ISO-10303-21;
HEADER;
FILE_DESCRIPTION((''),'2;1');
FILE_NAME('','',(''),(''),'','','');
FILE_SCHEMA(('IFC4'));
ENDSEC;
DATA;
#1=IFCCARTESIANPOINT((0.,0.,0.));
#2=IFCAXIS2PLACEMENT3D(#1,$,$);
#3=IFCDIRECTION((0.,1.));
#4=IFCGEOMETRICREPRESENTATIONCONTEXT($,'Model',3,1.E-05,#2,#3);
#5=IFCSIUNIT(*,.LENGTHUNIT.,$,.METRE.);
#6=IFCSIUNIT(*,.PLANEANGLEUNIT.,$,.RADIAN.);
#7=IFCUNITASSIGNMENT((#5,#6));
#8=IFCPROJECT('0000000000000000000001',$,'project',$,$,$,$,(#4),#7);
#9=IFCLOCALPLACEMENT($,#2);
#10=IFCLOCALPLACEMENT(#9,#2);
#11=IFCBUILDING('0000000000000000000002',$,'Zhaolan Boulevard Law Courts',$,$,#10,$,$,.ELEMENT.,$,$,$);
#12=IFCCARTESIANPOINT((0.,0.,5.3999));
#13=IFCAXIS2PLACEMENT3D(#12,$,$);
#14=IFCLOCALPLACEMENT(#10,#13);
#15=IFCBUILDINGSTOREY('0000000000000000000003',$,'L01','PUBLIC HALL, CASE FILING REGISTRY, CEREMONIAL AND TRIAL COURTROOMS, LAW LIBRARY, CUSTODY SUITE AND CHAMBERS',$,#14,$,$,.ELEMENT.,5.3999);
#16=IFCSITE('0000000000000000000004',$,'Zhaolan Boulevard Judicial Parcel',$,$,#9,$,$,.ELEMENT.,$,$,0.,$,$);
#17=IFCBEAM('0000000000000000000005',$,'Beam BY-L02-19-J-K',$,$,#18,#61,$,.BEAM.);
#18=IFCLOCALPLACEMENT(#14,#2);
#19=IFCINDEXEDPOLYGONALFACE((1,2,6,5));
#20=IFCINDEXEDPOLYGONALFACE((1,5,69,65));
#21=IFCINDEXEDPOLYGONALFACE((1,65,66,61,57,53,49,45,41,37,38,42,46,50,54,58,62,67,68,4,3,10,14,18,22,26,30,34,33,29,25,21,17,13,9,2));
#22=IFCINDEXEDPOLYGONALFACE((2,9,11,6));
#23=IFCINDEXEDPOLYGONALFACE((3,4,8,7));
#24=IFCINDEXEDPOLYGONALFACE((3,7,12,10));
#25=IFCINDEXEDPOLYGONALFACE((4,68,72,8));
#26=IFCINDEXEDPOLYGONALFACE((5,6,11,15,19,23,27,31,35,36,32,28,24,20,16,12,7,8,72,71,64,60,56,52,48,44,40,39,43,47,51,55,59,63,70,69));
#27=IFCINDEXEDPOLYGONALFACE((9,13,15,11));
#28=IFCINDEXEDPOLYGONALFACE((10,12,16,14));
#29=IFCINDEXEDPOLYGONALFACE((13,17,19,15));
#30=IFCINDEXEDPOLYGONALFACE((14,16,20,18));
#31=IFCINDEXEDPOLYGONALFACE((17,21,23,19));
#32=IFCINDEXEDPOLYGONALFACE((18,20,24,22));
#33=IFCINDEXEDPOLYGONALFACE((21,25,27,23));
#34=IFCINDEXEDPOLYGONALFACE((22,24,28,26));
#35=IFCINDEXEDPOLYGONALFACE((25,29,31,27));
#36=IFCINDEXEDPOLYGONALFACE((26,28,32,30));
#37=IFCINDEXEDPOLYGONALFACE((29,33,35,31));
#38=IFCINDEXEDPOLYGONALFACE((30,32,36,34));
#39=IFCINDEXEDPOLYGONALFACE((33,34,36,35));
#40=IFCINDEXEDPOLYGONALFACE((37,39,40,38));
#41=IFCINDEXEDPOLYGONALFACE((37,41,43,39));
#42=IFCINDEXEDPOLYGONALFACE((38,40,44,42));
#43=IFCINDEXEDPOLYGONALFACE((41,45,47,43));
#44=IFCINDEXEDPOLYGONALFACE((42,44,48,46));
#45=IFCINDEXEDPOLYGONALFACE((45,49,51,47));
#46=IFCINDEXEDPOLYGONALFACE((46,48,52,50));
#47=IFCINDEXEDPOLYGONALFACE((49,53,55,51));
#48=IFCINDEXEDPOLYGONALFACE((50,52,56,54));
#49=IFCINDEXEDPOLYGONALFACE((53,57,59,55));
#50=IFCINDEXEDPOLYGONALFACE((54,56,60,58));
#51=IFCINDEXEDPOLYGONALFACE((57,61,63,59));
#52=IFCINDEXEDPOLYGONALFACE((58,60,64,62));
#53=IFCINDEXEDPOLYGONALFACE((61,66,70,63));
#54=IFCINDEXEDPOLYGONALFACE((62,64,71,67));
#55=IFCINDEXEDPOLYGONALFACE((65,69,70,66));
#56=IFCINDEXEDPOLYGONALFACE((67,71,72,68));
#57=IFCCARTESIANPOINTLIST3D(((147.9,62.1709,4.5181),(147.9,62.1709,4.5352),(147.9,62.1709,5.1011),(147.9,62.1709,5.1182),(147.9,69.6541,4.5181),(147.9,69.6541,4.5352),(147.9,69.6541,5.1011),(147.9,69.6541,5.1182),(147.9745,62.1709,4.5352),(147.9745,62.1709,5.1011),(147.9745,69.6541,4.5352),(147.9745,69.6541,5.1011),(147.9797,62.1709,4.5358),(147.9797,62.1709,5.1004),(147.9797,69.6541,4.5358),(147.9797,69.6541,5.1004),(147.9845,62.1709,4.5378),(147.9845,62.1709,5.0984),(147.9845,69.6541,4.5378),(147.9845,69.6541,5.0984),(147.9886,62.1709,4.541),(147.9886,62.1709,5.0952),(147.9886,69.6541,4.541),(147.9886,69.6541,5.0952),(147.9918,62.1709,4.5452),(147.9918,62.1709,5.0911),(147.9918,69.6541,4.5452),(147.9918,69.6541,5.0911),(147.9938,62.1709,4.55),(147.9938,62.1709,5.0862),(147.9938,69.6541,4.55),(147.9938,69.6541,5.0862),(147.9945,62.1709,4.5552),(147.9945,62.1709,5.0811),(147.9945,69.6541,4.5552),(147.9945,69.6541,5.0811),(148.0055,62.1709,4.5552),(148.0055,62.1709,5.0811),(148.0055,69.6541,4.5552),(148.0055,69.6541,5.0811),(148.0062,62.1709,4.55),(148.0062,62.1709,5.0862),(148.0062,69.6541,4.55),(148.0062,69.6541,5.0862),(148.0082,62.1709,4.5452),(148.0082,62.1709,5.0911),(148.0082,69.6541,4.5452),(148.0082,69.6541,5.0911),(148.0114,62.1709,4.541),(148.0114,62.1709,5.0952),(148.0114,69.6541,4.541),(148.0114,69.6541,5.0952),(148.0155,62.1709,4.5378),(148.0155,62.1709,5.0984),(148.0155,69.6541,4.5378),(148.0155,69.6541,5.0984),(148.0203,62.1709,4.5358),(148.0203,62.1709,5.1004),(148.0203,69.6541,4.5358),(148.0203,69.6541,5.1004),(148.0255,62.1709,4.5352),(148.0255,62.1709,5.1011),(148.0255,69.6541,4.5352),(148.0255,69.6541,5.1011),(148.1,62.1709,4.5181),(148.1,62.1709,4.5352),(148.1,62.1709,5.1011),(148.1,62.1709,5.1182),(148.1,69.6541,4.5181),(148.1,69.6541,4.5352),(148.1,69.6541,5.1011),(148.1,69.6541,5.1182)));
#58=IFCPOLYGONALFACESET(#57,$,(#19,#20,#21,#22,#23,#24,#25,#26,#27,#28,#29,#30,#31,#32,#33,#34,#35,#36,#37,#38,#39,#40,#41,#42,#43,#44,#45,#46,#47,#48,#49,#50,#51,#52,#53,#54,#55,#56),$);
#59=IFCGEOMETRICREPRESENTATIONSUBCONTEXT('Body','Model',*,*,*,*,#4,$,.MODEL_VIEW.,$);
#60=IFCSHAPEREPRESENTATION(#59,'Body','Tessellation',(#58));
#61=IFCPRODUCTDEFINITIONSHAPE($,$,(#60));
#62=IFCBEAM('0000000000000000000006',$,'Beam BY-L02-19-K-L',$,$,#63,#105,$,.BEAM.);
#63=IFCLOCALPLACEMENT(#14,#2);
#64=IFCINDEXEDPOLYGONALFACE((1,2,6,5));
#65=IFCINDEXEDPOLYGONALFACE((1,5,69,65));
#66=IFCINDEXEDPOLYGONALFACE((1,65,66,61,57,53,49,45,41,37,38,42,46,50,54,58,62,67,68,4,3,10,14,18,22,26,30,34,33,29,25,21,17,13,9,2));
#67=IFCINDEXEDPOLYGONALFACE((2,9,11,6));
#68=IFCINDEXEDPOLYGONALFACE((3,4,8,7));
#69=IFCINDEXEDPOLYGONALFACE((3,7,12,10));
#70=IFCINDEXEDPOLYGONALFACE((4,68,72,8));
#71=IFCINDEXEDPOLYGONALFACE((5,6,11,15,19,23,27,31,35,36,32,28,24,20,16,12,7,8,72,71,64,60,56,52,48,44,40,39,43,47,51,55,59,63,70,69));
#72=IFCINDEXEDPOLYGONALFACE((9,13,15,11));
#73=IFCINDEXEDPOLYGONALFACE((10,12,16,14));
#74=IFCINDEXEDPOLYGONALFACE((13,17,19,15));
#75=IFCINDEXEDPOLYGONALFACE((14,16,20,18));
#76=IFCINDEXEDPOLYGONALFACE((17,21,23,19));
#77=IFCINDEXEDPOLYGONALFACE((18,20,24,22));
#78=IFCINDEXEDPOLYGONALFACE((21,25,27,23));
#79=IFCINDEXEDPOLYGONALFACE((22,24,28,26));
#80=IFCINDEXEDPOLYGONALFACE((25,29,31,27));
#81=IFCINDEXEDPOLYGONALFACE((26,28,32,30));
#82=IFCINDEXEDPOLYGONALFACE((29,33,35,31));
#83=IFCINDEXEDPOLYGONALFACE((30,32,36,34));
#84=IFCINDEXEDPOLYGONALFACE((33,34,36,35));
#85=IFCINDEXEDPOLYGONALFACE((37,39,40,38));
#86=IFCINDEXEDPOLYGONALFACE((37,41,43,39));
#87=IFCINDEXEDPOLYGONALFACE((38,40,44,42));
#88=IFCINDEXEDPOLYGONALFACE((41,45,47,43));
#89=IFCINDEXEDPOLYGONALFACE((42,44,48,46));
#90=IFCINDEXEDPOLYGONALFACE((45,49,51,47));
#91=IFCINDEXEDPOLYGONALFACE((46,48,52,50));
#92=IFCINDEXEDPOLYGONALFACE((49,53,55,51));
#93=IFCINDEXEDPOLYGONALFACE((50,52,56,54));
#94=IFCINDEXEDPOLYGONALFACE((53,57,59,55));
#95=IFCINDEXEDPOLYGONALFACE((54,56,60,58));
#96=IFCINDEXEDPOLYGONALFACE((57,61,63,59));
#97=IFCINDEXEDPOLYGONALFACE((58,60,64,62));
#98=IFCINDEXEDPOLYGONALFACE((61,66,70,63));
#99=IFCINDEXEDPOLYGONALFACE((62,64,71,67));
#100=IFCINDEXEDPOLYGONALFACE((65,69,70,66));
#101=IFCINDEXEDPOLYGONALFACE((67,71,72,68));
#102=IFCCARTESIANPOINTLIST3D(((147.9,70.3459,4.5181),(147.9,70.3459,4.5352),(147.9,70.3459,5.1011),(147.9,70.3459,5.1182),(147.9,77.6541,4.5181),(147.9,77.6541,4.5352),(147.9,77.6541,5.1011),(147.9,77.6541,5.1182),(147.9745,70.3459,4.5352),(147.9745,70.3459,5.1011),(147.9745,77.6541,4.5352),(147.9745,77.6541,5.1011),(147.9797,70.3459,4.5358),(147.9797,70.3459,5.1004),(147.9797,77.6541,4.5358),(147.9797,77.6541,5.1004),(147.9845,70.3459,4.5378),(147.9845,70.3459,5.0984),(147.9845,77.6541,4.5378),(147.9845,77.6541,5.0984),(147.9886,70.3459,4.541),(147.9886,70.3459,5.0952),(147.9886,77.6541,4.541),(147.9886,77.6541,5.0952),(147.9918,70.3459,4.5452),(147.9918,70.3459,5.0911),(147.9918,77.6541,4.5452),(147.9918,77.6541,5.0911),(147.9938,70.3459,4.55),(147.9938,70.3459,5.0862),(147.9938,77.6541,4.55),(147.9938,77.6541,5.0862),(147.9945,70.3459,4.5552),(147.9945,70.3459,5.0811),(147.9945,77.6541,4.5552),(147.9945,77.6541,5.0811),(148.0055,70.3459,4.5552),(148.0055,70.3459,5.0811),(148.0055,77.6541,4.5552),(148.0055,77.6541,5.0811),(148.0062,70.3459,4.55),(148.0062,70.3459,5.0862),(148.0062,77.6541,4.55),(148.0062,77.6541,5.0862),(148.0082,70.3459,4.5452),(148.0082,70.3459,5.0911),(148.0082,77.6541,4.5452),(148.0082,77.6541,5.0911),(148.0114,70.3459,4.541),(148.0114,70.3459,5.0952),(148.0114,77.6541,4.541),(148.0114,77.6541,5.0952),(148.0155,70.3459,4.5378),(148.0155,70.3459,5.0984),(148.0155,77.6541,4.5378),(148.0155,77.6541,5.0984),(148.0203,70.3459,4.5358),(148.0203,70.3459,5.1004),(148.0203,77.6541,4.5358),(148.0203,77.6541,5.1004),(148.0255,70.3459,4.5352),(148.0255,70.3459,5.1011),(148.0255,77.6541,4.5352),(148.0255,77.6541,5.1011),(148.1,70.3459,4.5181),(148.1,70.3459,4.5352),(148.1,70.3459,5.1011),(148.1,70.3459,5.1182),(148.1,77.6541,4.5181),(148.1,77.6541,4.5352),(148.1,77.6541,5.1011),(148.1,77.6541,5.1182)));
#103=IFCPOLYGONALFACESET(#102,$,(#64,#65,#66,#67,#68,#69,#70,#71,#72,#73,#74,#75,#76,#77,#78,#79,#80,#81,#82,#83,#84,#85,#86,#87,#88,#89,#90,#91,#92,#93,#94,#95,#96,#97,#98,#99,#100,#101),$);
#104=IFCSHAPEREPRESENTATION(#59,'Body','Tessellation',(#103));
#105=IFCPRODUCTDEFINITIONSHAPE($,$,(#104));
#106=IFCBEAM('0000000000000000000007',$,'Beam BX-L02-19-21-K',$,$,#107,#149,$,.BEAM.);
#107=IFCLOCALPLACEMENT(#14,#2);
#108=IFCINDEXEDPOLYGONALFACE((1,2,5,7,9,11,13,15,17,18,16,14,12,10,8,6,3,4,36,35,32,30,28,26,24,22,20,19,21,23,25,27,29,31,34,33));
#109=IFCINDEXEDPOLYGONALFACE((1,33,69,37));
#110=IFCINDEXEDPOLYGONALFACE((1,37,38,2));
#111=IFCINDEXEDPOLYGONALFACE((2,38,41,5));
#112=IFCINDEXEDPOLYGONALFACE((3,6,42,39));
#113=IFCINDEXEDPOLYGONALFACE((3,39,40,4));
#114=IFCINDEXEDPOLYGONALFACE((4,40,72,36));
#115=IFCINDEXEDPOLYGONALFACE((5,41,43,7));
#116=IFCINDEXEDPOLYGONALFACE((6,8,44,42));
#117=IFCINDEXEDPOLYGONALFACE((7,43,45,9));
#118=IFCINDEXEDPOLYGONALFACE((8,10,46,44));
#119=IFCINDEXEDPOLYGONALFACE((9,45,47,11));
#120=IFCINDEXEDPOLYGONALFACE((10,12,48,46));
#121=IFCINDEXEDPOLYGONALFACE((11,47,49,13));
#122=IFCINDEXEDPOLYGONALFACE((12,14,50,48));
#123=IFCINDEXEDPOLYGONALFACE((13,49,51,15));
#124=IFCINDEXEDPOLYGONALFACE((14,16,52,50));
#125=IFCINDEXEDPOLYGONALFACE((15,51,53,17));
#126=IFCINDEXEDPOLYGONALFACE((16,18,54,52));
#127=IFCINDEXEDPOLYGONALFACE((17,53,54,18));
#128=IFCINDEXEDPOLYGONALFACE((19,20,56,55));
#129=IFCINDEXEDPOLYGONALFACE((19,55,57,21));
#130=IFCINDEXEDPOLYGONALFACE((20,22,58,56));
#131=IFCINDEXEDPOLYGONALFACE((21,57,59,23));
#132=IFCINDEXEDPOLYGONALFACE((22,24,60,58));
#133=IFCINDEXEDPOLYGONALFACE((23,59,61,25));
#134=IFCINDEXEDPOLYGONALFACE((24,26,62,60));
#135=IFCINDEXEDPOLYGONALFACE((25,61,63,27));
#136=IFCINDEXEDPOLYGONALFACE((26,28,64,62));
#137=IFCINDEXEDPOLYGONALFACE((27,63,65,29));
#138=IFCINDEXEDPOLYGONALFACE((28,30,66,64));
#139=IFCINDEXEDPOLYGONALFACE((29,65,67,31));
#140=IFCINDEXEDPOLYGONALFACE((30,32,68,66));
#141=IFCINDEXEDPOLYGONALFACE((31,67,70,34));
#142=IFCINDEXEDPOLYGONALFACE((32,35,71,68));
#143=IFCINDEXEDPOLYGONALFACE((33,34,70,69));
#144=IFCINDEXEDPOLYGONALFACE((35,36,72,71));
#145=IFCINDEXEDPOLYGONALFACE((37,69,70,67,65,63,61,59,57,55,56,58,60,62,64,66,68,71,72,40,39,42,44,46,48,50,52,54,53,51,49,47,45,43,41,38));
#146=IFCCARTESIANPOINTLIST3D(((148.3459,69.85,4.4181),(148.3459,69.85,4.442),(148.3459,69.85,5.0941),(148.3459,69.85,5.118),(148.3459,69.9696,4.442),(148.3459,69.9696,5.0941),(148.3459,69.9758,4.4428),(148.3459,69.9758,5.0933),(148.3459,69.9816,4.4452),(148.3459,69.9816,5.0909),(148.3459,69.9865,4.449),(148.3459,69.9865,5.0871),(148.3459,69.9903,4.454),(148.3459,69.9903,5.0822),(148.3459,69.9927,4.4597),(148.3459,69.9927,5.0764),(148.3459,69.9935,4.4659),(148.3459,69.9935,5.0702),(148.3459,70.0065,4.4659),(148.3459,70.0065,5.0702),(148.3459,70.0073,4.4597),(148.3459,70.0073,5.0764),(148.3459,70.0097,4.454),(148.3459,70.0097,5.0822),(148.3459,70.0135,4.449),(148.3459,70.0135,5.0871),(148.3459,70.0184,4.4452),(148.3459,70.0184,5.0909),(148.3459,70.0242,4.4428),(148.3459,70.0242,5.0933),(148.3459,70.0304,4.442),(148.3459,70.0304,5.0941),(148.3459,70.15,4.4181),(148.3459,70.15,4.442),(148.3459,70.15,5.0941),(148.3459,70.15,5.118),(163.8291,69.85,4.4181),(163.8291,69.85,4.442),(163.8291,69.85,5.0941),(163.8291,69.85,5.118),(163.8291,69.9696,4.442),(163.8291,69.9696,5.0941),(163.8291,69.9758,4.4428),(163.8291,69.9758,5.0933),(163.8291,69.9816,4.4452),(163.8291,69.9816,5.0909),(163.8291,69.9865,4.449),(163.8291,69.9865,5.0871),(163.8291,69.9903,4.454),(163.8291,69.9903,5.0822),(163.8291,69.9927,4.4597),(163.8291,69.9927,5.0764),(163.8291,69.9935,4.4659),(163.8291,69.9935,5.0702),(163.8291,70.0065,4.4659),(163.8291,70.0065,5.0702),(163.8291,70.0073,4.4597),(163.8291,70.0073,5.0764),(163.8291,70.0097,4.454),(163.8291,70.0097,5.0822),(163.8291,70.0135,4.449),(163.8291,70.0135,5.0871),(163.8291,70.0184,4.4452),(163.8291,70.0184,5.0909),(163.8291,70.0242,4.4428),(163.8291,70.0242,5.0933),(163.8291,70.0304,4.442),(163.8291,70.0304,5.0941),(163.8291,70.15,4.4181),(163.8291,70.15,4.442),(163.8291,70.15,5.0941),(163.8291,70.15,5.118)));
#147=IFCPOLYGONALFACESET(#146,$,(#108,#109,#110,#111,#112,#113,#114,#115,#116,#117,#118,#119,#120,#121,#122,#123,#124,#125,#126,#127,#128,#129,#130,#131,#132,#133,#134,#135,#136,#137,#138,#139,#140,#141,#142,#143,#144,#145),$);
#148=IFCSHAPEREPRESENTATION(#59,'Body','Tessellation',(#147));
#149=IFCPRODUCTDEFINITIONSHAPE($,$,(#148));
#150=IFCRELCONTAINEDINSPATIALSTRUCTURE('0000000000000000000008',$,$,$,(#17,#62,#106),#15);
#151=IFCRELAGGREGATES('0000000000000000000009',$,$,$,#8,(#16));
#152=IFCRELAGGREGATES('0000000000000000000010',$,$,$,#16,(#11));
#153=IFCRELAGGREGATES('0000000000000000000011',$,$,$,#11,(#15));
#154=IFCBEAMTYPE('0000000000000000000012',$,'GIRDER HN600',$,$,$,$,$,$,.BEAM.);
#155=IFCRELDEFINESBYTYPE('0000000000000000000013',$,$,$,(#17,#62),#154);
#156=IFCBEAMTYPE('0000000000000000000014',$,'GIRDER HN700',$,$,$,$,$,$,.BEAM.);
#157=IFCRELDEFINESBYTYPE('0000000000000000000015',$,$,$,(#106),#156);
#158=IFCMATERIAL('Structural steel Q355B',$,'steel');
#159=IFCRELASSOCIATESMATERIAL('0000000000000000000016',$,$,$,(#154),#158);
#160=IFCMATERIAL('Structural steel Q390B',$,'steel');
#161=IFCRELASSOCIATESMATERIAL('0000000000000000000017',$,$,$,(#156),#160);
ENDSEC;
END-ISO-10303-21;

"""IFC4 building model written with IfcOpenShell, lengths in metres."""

from ifc_helpers import new_model, si_unit, direction, frame, origin, origin_2d, place, context, subcontext, project, spatial, i_section, extrude, material, material_profile, profile_set, type_object, element, save


model = new_model("IFC4")

# Units and contexts
model_context = context("Model", 3, precision=1e-05, world=origin(), true_north=direction((0.0, 1.0)))
body_context = subcontext(model_context, "Body", "Model", "MODEL_VIEW")
ifc_project = project(units=[si_unit("LENGTHUNIT", "METRE"), si_unit("PLANEANGLEUNIT", "RADIAN")], contexts=[model_context])

# Site, building, storey
site_placement = place(None, origin())
site = spatial("IfcSite", under=ifc_project, at=site_placement, Name="Zhaolan Boulevard Judicial Parcel", CompositionType="ELEMENT", RefElevation=0.0)
building_placement = place(site_placement, origin())
building = spatial("IfcBuilding", under=site, at=building_placement, Name="Zhaolan Boulevard Law Courts", CompositionType="ELEMENT")
storey_placement = place(building_placement, frame((0.0, 0.0, 5.3999)))
storey = spatial("IfcBuildingStorey", under=building, at=storey_placement, Name="L01", Description="PUBLIC HALL, CASE FILING REGISTRY, CEREMONIAL AND TRIAL COURTROOMS, LAW LIBRARY, CUSTODY SUITE AND CHAMBERS", CompositionType="ELEMENT", Elevation=5.3999)

# Beams
ifc_material_1 = material(Name="Structural steel Q355B", Category="steel")
ifc_material_profile_1 = material_profile(ifc_material_1, i_section(OverallWidth=0.2, OverallDepth=0.6001, WebThickness=0.011, FlangeThickness=0.0171, FilletRadius=0.02, at=origin_2d()), Name="HN600x200")
ifc_profile_set_1 = profile_set([ifc_material_profile_1], Name="Structural steel Q355B")
beam_type_1 = type_object("IfcBeamType", Name="GIRDER HN600", PredefinedType="BEAM", material=ifc_profile_set_1)
beam_1_placement = place(storey_placement, frame((148.0, 62.1709, 4.8181), z_axis=(0.0, 1.0, 0.0), x_axis=(-1.0, 0.0, 0.0)))
element("IfcBeam", 1, at=beam_1_placement, inside=storey, type_object=beam_type_1, Name="Beam BY-L02-19-J-K", PredefinedType="BEAM", context=body_context, shape_type="SweptSolid", body=[
    extrude(i_section(OverallWidth=0.2, OverallDepth=0.6001, WebThickness=0.011, FlangeThickness=0.0171, FilletRadius=0.02, at=origin_2d()), origin(), (0.0, 0.0, 1.0), 7.4832),
])
beam_2_placement = place(storey_placement, frame((148.0, 70.3459, 4.8181), z_axis=(0.0, 1.0, 0.0), x_axis=(-1.0, 0.0, 0.0)))
element("IfcBeam", 2, at=beam_2_placement, inside=storey, type_object=beam_type_1, Name="Beam BY-L02-19-K-L", PredefinedType="BEAM", context=body_context, shape_type="SweptSolid", body=[
    extrude(i_section(OverallWidth=0.2, OverallDepth=0.6001, WebThickness=0.011, FlangeThickness=0.0171, FilletRadius=0.02, at=origin_2d()), origin(), (0.0, 0.0, 1.0), 7.3081),
])
ifc_material_2 = material(Name="Structural steel Q390B", Category="steel")
ifc_material_profile_2 = material_profile(ifc_material_2, i_section(OverallWidth=0.3, OverallDepth=0.7, WebThickness=0.0129, FlangeThickness=0.0239, FilletRadius=0.0239, at=origin_2d()), Name="HN700x300")
ifc_profile_set_2 = profile_set([ifc_material_profile_2], Name="Structural steel Q390B")
beam_type_2 = type_object("IfcBeamType", Name="GIRDER HN700", PredefinedType="BEAM", material=ifc_profile_set_2)
beam_3_placement = place(storey_placement, frame((148.3459, 70.0, 4.7681), z_axis=(1.0, 0.0, 0.0), x_axis=(0.0, 1.0, 0.0)))
element("IfcBeam", 3, at=beam_3_placement, inside=storey, type_object=beam_type_2, Name="Beam BX-L02-19-21-K", PredefinedType="BEAM", context=body_context, shape_type="SweptSolid", body=[
    extrude(i_section(OverallWidth=0.3, OverallDepth=0.7, WebThickness=0.0129, FlangeThickness=0.0239, FilletRadius=0.0239, at=origin_2d()), origin(), (0.0, 0.0, 1.0), 15.4832),
])

save(model, "model.ifc")
